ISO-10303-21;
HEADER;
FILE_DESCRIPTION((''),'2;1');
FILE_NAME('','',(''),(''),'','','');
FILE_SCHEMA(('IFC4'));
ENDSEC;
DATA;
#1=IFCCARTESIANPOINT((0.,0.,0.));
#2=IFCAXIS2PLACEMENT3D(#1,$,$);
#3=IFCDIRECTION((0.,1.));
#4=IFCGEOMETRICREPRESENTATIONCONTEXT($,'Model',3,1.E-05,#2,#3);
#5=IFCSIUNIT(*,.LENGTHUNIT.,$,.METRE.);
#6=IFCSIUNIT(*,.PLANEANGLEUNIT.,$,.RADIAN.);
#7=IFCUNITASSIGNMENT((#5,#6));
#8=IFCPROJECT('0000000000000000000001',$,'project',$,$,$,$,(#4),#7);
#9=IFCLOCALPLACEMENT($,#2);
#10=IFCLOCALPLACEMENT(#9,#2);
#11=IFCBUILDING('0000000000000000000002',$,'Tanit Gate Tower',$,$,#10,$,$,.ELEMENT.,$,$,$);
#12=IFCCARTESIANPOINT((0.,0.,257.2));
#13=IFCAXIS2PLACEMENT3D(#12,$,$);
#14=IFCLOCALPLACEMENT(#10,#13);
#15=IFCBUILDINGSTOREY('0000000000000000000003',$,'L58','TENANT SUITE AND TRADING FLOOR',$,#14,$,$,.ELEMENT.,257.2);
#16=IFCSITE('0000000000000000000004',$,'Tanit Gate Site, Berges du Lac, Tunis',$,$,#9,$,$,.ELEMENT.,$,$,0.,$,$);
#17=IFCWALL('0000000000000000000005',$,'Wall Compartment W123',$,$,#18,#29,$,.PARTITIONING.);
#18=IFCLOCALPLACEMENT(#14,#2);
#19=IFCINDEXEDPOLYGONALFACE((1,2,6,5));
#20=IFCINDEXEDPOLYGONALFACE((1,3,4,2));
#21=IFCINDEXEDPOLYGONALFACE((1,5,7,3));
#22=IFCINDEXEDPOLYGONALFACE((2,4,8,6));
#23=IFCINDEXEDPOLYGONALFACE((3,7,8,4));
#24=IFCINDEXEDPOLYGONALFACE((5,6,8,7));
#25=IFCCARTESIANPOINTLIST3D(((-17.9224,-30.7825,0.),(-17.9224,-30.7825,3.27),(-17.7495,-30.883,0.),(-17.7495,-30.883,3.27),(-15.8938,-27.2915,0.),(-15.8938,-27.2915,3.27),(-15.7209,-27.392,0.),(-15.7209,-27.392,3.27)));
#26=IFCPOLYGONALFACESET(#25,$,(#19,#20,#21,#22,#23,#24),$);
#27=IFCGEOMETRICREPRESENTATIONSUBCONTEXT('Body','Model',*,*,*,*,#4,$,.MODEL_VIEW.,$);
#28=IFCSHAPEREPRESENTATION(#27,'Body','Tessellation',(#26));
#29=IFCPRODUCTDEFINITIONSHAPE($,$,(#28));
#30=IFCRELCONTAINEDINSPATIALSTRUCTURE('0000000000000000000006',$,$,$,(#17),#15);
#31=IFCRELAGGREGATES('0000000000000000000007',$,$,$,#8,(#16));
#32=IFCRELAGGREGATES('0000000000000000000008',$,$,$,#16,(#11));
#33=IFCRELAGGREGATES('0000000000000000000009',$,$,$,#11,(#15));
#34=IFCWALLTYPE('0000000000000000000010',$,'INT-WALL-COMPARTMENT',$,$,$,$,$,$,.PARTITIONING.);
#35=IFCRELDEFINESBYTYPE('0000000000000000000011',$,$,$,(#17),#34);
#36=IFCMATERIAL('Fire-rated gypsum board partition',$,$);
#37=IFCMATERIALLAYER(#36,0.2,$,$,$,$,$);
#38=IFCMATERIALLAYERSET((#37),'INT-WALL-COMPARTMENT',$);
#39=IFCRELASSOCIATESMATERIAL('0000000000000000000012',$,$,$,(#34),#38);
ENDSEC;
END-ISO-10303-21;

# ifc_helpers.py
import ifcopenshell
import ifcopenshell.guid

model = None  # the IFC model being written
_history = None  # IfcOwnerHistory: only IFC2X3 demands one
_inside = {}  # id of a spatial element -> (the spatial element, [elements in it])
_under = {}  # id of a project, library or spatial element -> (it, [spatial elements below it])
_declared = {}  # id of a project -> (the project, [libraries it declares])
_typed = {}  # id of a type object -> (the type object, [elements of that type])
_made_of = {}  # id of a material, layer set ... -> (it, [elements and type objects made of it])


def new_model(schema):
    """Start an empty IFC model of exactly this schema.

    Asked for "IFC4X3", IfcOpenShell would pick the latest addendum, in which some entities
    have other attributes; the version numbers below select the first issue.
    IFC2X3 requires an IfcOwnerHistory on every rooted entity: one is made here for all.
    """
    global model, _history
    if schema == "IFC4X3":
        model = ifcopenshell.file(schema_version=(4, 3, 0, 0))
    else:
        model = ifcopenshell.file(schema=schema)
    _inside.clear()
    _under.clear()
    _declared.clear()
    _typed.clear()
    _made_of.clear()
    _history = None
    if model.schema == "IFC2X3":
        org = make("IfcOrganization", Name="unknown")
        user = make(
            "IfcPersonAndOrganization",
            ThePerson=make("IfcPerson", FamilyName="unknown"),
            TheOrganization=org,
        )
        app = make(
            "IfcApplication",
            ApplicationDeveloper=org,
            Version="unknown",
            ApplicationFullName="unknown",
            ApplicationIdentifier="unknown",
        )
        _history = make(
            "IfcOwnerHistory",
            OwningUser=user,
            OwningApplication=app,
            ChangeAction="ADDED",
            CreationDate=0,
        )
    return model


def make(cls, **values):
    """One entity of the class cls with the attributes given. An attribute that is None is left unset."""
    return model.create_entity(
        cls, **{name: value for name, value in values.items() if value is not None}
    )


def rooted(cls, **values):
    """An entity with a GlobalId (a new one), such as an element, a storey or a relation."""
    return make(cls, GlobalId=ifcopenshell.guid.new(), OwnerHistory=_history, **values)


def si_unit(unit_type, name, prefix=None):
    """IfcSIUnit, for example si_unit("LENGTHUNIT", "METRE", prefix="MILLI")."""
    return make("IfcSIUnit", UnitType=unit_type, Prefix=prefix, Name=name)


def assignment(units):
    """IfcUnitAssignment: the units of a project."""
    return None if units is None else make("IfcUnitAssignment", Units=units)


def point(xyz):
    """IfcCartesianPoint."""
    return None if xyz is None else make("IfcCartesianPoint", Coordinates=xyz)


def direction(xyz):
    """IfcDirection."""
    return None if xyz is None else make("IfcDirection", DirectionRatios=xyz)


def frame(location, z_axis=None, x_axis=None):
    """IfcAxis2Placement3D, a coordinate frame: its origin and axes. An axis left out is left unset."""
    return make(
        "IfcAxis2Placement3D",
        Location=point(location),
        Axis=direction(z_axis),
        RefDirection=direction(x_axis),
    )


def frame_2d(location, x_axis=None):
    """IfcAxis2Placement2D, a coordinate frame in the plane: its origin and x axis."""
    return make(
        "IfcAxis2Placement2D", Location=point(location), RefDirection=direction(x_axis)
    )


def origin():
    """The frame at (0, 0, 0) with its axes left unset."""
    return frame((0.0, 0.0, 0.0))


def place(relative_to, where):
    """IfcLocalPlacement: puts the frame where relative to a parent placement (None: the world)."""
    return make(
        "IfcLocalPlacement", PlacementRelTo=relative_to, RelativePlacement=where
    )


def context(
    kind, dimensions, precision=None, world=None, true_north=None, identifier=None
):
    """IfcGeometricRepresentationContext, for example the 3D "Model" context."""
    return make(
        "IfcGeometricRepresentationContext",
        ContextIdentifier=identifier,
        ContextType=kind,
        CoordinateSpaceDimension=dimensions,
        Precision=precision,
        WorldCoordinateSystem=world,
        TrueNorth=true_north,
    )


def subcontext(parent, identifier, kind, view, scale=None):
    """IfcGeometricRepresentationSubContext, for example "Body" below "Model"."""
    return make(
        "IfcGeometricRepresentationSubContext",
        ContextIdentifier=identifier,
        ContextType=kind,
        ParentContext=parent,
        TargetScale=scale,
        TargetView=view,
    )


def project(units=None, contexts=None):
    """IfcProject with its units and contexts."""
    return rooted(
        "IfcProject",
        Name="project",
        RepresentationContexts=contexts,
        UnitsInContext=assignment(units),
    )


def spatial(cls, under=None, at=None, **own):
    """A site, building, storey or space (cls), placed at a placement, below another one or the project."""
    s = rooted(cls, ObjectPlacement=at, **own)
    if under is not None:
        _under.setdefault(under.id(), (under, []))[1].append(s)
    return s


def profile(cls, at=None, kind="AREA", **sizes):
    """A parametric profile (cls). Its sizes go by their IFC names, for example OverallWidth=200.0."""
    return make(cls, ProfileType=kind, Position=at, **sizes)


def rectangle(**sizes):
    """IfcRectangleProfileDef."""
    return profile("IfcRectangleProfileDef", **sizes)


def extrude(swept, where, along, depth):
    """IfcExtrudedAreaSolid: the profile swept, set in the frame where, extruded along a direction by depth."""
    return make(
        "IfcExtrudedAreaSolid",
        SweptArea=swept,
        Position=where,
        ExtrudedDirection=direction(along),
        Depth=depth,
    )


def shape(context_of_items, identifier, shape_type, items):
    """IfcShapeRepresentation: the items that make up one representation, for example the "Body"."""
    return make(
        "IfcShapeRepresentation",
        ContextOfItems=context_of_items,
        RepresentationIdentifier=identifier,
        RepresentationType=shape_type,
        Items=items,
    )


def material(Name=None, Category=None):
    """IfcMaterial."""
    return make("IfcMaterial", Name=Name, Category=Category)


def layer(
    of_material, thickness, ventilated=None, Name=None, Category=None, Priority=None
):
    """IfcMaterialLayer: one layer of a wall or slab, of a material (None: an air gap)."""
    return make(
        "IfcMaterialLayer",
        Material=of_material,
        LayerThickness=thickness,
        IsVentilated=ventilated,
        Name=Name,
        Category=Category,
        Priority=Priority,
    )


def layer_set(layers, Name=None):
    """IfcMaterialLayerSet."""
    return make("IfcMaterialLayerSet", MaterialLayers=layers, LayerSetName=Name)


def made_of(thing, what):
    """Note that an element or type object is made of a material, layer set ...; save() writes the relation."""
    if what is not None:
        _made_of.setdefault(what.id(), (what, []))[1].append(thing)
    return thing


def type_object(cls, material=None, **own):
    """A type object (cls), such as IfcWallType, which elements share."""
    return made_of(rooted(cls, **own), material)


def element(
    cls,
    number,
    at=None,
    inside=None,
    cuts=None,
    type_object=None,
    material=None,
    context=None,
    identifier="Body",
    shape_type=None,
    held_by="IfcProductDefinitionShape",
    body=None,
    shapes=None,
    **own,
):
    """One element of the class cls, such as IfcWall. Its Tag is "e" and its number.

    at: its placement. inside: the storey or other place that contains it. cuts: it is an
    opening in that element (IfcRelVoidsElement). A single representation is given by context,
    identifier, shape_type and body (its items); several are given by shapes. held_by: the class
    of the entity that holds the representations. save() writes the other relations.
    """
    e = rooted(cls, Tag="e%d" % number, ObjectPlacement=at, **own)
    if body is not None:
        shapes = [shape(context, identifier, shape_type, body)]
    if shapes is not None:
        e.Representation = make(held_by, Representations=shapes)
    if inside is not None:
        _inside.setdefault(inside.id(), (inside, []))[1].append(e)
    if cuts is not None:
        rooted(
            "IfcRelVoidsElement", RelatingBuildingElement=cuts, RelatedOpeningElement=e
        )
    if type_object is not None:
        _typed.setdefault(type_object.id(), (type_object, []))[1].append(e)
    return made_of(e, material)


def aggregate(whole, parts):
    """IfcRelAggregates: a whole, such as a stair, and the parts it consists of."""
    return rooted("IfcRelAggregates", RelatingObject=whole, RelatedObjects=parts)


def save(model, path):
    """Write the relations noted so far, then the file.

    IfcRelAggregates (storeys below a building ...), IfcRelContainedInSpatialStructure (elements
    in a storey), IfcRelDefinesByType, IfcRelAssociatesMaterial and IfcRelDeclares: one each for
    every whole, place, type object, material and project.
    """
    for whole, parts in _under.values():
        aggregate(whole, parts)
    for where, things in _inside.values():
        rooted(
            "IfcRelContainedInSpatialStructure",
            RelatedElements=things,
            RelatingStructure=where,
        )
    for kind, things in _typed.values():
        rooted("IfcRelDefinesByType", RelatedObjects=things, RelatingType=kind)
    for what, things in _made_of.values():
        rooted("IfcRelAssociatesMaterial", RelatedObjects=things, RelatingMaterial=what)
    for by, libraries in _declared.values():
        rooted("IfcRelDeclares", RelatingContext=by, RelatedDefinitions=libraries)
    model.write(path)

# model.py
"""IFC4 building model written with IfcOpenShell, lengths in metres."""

from ifc_helpers import new_model, si_unit, direction, frame, frame_2d, origin, place, context, subcontext, project, spatial, rectangle, extrude, material, layer, layer_set, type_object, element, save


model = new_model("IFC4")

# Units and contexts
model_context = context("Model", 3, precision=1e-05, world=origin(), true_north=direction((0.0, 1.0)))
body_context = subcontext(model_context, "Body", "Model", "MODEL_VIEW")
ifc_project = project(units=[si_unit("LENGTHUNIT", "METRE"), si_unit("PLANEANGLEUNIT", "RADIAN")], contexts=[model_context])

# Site, building, storey
site_placement = place(None, origin())
site = spatial("IfcSite", under=ifc_project, at=site_placement, Name="Tanit Gate Site, Berges du Lac, Tunis", CompositionType="ELEMENT", RefElevation=0.0)
building_placement = place(site_placement, origin())
building = spatial("IfcBuilding", under=site, at=building_placement, Name="Tanit Gate Tower", CompositionType="ELEMENT")
storey_placement = place(building_placement, frame((0.0, 0.0, 257.2)))
storey = spatial("IfcBuildingStorey", under=building, at=storey_placement, Name="L58", Description="TENANT SUITE AND TRADING FLOOR", CompositionType="ELEMENT", Elevation=257.2)

# Wall
ifc_material_1 = material(Name="Fire-rated gypsum board partition")
ifc_layer_1 = layer(ifc_material_1, 0.2)
ifc_layer_set_1 = layer_set([ifc_layer_1], Name="INT-WALL-COMPARTMENT")
wall_type_1 = type_object("IfcWallType", Name="INT-WALL-COMPARTMENT", PredefinedType="PARTITIONING", material=ifc_layer_set_1)
wall_1_placement = place(storey_placement, frame((-17.8359, -30.8328, 0.0), z_axis=(0.0, 0.0, 1.0), x_axis=(0.502423, 0.864622, 0.0)))
element("IfcWall", 1, at=wall_1_placement, inside=storey, type_object=wall_type_1, Name="Wall Compartment W123", PredefinedType="PARTITIONING", context=body_context, shape_type="SweptSolid", body=[
    extrude(rectangle(XDim=4.0376, YDim=0.2, at=frame_2d((2.0188, 0.0))), origin(), (0.0, 0.0, 1.0), 3.27),
])

save(model, "model.ifc")
